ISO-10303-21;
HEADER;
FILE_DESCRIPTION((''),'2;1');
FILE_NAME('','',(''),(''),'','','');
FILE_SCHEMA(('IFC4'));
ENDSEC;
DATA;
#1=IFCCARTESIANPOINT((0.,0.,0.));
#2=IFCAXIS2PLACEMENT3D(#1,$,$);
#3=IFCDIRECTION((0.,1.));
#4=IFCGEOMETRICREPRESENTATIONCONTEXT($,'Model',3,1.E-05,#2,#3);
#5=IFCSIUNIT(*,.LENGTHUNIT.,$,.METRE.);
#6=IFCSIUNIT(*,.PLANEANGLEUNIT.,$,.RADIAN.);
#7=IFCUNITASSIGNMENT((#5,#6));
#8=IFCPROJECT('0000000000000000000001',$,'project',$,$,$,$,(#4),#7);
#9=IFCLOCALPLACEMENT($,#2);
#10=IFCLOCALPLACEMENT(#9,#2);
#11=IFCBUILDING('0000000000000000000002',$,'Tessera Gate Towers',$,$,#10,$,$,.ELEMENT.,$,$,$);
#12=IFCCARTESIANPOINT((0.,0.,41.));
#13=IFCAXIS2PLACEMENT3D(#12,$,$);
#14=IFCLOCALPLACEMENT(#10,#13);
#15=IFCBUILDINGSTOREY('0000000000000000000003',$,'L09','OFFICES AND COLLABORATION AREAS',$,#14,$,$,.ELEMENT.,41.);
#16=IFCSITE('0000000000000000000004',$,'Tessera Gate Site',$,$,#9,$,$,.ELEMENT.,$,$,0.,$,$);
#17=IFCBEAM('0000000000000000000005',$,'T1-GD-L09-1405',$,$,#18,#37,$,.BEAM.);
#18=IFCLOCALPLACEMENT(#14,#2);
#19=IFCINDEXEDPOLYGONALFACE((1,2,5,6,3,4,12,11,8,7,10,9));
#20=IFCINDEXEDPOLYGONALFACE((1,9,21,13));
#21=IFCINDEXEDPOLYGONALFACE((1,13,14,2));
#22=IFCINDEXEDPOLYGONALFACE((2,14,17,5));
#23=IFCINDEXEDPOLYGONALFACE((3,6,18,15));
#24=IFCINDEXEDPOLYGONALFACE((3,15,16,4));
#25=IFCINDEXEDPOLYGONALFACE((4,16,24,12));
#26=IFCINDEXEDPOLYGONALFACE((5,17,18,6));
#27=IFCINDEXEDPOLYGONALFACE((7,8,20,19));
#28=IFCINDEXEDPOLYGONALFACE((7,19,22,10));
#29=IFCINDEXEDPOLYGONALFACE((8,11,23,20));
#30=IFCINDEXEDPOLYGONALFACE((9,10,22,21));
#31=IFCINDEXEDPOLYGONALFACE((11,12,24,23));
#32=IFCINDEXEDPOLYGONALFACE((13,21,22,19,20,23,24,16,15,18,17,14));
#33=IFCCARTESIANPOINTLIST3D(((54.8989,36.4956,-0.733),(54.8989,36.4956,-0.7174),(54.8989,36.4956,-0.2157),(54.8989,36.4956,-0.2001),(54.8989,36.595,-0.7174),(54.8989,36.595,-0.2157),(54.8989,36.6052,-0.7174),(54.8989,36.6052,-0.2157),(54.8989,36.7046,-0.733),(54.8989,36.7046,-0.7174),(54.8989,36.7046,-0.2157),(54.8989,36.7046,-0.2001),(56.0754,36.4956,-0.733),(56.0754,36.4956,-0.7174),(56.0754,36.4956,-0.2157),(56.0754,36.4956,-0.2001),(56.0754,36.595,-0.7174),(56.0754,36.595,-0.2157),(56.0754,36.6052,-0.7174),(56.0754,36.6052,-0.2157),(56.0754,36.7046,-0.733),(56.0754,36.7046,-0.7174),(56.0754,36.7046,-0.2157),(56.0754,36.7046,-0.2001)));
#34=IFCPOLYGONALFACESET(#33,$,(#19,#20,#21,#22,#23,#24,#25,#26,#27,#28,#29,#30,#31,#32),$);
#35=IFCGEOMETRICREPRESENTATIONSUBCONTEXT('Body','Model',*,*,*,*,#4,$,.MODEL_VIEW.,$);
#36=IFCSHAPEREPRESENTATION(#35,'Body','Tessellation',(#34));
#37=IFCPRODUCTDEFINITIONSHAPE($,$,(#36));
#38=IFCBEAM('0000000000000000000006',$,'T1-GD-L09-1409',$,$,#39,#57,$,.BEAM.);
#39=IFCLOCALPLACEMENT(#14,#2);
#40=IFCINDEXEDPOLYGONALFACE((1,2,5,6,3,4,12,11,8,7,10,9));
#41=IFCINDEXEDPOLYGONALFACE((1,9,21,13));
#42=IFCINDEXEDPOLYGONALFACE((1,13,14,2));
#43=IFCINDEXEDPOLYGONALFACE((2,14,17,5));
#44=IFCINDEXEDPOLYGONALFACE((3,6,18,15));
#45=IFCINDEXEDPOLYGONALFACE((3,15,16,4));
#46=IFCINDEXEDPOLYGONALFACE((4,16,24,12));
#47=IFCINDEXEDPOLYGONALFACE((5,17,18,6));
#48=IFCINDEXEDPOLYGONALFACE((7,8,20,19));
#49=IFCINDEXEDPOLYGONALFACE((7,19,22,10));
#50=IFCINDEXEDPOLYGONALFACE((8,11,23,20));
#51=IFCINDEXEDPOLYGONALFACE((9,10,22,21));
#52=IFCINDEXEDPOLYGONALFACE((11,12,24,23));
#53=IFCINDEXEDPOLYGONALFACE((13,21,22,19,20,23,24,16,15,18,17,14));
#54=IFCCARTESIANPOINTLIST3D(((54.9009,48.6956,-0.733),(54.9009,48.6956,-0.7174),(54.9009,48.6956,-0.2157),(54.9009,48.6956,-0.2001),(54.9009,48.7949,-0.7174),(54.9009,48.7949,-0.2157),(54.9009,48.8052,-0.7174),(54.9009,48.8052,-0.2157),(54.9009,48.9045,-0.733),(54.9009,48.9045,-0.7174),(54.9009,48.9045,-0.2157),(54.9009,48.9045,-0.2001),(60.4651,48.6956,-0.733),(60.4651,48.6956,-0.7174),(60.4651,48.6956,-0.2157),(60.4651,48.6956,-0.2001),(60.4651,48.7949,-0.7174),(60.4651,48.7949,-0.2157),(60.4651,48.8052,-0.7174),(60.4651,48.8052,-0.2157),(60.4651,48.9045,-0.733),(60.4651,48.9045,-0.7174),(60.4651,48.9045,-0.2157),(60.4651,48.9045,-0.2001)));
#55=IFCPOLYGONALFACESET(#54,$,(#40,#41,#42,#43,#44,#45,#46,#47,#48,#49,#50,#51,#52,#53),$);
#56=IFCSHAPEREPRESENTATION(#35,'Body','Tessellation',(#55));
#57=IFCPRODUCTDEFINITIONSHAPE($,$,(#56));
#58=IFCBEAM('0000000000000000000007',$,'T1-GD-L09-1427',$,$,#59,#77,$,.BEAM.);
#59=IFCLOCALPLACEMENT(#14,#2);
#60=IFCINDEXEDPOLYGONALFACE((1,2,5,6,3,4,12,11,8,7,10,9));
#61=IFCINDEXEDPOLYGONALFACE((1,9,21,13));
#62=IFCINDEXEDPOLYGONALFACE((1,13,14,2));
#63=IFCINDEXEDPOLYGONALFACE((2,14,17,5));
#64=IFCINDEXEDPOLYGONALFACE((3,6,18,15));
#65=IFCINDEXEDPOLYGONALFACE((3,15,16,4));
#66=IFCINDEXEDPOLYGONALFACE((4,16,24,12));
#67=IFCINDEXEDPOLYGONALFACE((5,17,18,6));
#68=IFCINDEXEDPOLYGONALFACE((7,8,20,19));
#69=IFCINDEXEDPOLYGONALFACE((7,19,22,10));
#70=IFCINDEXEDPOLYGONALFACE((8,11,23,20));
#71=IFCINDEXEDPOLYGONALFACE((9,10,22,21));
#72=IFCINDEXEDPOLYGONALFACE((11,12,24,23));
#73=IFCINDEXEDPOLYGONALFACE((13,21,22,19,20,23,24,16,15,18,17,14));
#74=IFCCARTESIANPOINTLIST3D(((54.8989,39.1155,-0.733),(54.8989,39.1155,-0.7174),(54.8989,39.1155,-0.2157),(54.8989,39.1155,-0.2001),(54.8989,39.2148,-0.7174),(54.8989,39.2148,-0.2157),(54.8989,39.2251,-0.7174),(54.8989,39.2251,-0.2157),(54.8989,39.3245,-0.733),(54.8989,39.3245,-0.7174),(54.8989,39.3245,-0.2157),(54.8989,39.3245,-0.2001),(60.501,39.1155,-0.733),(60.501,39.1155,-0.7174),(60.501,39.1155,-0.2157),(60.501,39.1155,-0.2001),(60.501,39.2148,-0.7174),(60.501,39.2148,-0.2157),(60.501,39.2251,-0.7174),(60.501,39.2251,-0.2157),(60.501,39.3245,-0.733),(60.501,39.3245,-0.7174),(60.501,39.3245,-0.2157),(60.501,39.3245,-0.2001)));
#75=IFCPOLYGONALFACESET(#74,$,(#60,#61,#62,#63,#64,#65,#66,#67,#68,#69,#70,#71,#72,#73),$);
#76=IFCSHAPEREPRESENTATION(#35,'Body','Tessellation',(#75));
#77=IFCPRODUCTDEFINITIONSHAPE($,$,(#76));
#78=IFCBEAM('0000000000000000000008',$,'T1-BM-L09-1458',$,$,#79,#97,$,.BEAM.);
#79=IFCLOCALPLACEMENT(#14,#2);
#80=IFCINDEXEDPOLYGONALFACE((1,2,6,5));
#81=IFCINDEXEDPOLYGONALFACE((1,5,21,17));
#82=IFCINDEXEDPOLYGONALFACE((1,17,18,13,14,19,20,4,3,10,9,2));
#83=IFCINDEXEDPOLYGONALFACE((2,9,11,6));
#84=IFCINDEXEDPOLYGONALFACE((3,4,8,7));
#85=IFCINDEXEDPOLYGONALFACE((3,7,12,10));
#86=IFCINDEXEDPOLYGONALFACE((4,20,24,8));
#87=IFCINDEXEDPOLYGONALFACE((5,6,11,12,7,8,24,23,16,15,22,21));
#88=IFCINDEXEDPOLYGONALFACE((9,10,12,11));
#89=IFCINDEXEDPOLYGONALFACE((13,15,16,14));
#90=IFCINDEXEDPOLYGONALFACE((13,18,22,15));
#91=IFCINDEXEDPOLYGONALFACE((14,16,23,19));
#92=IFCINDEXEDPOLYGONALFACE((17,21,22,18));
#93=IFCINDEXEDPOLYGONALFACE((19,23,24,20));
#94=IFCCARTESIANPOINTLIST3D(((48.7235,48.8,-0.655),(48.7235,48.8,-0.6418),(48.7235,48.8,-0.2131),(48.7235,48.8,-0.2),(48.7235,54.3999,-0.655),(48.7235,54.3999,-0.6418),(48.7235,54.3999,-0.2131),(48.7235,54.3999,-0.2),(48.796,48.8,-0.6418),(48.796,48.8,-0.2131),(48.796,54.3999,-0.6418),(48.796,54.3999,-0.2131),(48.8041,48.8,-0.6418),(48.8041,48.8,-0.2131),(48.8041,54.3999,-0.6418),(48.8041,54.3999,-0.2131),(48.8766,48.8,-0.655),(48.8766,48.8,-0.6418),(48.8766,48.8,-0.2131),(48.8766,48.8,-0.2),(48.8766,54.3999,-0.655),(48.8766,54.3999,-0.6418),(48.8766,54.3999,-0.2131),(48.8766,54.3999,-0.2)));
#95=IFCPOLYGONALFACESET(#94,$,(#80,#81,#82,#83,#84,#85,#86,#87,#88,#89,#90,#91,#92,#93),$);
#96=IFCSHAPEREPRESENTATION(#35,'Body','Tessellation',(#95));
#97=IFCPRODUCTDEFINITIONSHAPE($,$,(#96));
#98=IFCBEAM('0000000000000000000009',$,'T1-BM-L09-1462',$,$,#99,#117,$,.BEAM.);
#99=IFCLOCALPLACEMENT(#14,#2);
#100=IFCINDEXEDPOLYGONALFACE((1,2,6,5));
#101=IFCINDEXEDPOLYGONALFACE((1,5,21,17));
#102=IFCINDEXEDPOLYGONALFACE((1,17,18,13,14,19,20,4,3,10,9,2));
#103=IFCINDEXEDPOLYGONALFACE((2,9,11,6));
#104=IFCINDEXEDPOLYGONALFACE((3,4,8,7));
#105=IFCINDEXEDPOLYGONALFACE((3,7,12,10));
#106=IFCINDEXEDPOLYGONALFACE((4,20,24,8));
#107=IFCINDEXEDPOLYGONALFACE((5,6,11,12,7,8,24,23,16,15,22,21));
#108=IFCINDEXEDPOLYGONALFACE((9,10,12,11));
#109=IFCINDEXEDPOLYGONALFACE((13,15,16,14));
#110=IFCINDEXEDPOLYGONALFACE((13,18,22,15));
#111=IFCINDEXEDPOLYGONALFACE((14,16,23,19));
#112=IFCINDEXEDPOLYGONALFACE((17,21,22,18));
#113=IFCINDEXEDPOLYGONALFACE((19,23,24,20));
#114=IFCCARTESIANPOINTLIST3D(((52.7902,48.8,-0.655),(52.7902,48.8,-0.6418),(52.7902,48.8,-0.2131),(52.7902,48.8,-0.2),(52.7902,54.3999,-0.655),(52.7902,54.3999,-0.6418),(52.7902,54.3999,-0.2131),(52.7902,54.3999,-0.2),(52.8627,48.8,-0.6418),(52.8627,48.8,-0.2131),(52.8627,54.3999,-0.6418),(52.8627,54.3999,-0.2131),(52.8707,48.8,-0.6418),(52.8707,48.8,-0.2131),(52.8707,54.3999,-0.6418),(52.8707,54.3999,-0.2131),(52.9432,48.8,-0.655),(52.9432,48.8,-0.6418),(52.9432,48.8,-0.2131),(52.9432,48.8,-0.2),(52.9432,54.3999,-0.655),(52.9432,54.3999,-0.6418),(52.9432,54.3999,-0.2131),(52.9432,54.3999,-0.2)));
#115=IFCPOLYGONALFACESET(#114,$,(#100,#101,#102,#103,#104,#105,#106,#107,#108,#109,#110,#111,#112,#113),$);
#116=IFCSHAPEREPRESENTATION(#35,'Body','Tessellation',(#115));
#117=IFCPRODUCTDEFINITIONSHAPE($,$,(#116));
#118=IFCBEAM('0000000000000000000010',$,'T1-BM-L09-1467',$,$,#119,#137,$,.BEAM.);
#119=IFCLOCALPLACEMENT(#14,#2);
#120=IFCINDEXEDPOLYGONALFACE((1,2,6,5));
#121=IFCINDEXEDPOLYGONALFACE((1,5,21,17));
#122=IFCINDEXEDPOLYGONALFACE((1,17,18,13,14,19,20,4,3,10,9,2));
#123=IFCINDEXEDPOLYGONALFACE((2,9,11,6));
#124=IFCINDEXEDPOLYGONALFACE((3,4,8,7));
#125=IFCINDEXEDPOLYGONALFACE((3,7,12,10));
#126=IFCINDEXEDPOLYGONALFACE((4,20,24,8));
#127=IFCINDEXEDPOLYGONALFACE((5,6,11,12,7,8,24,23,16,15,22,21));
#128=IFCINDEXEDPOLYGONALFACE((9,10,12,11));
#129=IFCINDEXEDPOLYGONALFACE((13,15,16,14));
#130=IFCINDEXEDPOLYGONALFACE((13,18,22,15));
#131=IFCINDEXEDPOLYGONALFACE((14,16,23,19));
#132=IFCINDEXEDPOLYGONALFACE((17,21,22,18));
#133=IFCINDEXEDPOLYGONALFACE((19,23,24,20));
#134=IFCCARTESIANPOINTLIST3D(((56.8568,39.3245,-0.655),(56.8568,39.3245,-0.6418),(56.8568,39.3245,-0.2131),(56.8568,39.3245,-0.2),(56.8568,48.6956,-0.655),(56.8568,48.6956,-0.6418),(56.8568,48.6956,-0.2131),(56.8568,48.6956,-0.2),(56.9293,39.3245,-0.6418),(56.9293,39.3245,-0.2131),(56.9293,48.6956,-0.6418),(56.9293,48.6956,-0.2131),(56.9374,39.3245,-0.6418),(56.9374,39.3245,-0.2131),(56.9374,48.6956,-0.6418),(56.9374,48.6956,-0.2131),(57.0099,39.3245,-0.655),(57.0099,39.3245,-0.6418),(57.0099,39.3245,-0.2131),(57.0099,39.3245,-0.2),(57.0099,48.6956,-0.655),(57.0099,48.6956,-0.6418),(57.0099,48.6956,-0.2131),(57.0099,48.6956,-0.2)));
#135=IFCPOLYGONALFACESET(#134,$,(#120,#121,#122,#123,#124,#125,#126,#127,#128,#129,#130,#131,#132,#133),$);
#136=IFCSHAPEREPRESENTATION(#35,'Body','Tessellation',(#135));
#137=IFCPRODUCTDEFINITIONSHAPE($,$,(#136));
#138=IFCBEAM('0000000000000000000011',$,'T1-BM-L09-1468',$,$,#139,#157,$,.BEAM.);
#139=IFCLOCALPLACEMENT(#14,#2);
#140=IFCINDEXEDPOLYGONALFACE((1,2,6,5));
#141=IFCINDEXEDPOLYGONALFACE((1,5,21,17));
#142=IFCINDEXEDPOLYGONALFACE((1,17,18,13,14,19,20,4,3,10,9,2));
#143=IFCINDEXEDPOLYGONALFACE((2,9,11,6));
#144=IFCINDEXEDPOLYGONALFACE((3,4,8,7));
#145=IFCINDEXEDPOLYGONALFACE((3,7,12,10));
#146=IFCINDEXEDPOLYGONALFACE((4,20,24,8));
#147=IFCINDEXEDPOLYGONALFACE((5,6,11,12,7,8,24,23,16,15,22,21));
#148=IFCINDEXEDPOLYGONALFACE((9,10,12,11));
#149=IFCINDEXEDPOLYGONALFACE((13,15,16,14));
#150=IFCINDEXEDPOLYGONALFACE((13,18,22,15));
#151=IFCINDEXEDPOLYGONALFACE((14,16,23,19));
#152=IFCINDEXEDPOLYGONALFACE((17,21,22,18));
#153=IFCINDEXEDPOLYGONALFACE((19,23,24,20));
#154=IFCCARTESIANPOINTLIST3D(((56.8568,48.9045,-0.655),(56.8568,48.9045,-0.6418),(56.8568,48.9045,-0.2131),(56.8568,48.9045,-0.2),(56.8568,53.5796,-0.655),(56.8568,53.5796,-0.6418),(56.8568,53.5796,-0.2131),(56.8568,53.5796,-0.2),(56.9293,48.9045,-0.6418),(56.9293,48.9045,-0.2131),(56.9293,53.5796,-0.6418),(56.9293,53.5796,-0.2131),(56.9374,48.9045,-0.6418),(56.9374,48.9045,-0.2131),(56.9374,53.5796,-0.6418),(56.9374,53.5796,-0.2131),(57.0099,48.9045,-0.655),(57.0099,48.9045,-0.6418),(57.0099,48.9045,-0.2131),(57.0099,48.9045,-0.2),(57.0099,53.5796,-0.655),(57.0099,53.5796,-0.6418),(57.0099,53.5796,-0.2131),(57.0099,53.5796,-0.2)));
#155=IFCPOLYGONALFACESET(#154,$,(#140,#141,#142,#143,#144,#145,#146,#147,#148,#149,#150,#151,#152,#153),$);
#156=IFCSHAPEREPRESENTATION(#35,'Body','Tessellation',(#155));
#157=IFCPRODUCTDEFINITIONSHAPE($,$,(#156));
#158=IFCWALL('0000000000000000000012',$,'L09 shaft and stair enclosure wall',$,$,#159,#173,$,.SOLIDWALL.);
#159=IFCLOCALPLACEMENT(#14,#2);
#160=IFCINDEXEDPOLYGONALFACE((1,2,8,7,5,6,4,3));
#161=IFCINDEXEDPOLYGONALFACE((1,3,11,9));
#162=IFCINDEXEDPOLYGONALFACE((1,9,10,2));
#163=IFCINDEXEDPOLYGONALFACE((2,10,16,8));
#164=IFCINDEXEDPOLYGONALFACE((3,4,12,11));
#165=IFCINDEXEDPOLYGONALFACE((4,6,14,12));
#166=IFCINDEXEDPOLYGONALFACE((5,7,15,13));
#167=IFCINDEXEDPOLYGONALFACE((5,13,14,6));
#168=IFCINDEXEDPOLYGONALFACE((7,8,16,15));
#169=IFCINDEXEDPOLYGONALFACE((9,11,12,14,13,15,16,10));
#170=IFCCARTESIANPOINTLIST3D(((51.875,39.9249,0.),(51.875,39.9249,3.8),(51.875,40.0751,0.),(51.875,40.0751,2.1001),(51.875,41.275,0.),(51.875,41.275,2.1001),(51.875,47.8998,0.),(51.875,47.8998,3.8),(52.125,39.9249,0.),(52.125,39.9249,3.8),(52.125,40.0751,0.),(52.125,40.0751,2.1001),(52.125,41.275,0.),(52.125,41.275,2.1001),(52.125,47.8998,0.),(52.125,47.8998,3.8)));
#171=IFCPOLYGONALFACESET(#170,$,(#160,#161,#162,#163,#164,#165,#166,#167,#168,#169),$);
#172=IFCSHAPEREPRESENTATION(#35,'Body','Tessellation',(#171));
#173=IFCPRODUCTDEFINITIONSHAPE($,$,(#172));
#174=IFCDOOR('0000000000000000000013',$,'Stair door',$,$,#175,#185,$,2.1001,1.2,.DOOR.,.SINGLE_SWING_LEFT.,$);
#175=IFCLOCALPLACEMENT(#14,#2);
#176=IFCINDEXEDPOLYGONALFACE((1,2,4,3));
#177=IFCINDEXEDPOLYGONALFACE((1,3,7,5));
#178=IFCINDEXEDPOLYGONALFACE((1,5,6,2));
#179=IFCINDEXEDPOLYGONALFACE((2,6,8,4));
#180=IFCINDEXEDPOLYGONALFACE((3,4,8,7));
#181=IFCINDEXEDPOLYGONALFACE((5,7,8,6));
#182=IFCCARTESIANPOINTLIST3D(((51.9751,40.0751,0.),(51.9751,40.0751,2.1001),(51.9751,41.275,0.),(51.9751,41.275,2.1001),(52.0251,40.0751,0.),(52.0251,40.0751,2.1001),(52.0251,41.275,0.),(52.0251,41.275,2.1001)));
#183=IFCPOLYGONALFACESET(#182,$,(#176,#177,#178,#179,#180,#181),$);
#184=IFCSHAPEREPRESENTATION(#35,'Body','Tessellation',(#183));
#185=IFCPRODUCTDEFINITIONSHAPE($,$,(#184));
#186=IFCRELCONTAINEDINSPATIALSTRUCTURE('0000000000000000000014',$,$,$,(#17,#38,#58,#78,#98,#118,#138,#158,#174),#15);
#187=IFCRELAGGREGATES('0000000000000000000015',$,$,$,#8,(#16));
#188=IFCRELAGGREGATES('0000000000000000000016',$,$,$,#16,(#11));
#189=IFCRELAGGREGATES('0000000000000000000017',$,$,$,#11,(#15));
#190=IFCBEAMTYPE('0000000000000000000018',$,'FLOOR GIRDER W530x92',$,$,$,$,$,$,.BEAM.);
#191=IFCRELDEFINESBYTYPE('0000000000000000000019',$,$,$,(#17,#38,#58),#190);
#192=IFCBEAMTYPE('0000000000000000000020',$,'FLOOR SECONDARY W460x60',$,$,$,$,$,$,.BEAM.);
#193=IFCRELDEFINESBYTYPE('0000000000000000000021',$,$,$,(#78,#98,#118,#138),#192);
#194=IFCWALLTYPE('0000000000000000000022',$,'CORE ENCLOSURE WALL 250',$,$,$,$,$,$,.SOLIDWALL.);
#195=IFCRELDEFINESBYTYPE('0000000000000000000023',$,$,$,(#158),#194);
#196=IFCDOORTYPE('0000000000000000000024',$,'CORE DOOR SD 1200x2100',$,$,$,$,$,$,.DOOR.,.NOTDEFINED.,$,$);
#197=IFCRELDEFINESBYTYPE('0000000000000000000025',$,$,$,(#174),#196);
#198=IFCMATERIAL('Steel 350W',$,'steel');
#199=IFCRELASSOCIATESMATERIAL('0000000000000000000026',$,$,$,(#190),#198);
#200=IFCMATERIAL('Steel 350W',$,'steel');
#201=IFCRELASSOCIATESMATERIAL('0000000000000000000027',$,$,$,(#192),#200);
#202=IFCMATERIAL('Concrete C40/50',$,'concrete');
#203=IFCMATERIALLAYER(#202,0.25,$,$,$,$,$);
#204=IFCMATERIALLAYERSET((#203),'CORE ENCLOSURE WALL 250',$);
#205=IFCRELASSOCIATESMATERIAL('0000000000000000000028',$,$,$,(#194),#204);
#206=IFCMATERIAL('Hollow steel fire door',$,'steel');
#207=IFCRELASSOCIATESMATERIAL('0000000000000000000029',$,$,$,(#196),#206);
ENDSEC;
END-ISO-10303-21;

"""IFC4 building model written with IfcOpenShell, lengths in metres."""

from ifc_helpers import new_model, si_unit, direction, frame, frame_2d, origin, origin_2d, place, context, subcontext, project, spatial, rectangle, i_section, extrude, source, transform, mapped, material, layer, layer_set, material_profile, profile_set, type_object, element, fill, save


model = new_model("IFC4")

# Units and contexts
model_context = context("Model", 3, precision=1e-05, world=origin(), true_north=direction((0.0, 1.0)))
body_context = subcontext(model_context, "Body", "Model", "MODEL_VIEW")
ifc_project = project(units=[si_unit("LENGTHUNIT", "METRE"), si_unit("PLANEANGLEUNIT", "RADIAN")], contexts=[model_context])

# Site, building, storey
site_placement = place(None, origin())
site = spatial("IfcSite", under=ifc_project, at=site_placement, Name="Tessera Gate Site", CompositionType="ELEMENT", RefElevation=0.0)
building_placement = place(site_placement, origin())
building = spatial("IfcBuilding", under=site, at=building_placement, Name="Tessera Gate Towers", CompositionType="ELEMENT")
storey_placement = place(building_placement, frame((0.0, 0.0, 41.0)))
storey = spatial("IfcBuildingStorey", under=building, at=storey_placement, Name="L09", Description="OFFICES AND COLLABORATION AREAS", CompositionType="ELEMENT", Elevation=41.0)

# Beams
ifc_material_1 = material(Name="Steel 350W", Category="steel")
ifc_material_profile_1 = material_profile(ifc_material_1, i_section(OverallWidth=0.209, OverallDepth=0.533, WebThickness=0.0103, FlangeThickness=0.0156, at=origin_2d()), Name="W530x92")
ifc_profile_set_1 = profile_set([ifc_material_profile_1], Name="Steel 350W")
beam_type_1 = type_object("IfcBeamType", Name="FLOOR GIRDER W530x92", PredefinedType="BEAM", material=ifc_profile_set_1)
beam_1_placement = place(storey_placement, frame((54.8989, 36.6001, -0.4666), z_axis=(1.0, 0.0, 0.0), x_axis=(0.0, 1.0, 0.0)))
element("IfcBeam", 1, at=beam_1_placement, inside=storey, type_object=beam_type_1, Name="T1-GD-L09-1405", PredefinedType="BEAM", context=body_context, shape_type="SweptSolid", body=[
    extrude(i_section(OverallWidth=0.209, OverallDepth=0.533, WebThickness=0.0103, FlangeThickness=0.0156, at=origin_2d()), origin(), (0.0, 0.0, 1.0), 1.1765),
])
beam_2_placement = place(storey_placement, frame((54.9009, 48.8, -0.4666), z_axis=(1.0, 0.0, 0.0), x_axis=(0.0, 1.0, 0.0)))
element("IfcBeam", 2, at=beam_2_placement, inside=storey, type_object=beam_type_1, Name="T1-GD-L09-1409", PredefinedType="BEAM", context=body_context, shape_type="SweptSolid", body=[
    extrude(i_section(OverallWidth=0.209, OverallDepth=0.533, WebThickness=0.0103, FlangeThickness=0.0156, at=origin_2d()), origin(), (0.0, 0.0, 1.0), 5.5642),
])
beam_3_placement = place(storey_placement, frame((54.8989, 39.22, -0.4666), z_axis=(1.0, 0.0, 0.0), x_axis=(0.0, 1.0, 0.0)))
element("IfcBeam", 3, at=beam_3_placement, inside=storey, type_object=beam_type_1, Name="T1-GD-L09-1427", PredefinedType="BEAM", context=body_context, shape_type="SweptSolid", body=[
    extrude(i_section(OverallWidth=0.209, OverallDepth=0.533, WebThickness=0.0103, FlangeThickness=0.0156, at=origin_2d()), origin(), (0.0, 0.0, 1.0), 5.6021),
])
ifc_material_2 = material(Name="Steel 350W", Category="steel")
ifc_material_profile_2 = material_profile(ifc_material_2, i_section(OverallWidth=0.1531, OverallDepth=0.4551, WebThickness=0.0081, FlangeThickness=0.0132, at=origin_2d()), Name="W460x60")
ifc_profile_set_2 = profile_set([ifc_material_profile_2], Name="Steel 350W")
beam_type_2 = type_object("IfcBeamType", Name="FLOOR SECONDARY W460x60", PredefinedType="BEAM", material=ifc_profile_set_2)
for number, where, z_axis, x_axis, name in (
    (4, (48.8, 48.8, -0.4275), (0.0, 1.0, 0.0), (-1.0, 0.0, 0.0), "T1-BM-L09-1458"),
    (5, (52.8667, 48.8, -0.4275), (0.0, 1.0, 0.0), (-1.0, 0.0, 0.0), "T1-BM-L09-1462"),
):
    element("IfcBeam", number, at=place(storey_placement, frame(where, z_axis=z_axis, x_axis=x_axis)), inside=storey, type_object=beam_type_2, Name=name, PredefinedType="BEAM", context=body_context, shape_type="SweptSolid", body=[
        extrude(i_section(OverallWidth=0.1531, OverallDepth=0.4551, WebThickness=0.0081, FlangeThickness=0.0132, at=origin_2d()), origin(), (0.0, 0.0, 1.0), 5.5999),
    ])
beam_4_placement = place(storey_placement, frame((56.9333, 39.3245, -0.4275), z_axis=(0.0, 1.0, 0.0), x_axis=(-1.0, 0.0, 0.0)))
element("IfcBeam", 6, at=beam_4_placement, inside=storey, type_object=beam_type_2, Name="T1-BM-L09-1467", PredefinedType="BEAM", context=body_context, shape_type="SweptSolid", body=[
    extrude(i_section(OverallWidth=0.1531, OverallDepth=0.4551, WebThickness=0.0081, FlangeThickness=0.0132, at=origin_2d()), origin(), (0.0, 0.0, 1.0), 9.3711),
])
beam_5_placement = place(storey_placement, frame((56.9333, 48.9045, -0.4275), z_axis=(0.0, 1.0, 0.0), x_axis=(-1.0, 0.0, 0.0)))
element("IfcBeam", 7, at=beam_5_placement, inside=storey, type_object=beam_type_2, Name="T1-BM-L09-1468", PredefinedType="BEAM", context=body_context, shape_type="SweptSolid", body=[
    extrude(i_section(OverallWidth=0.1531, OverallDepth=0.4551, WebThickness=0.0081, FlangeThickness=0.0132, at=origin_2d()), origin(), (0.0, 0.0, 1.0), 4.675),
])

# Wall, opening, door
ifc_material_3 = material(Name="Concrete C40/50", Category="concrete")
ifc_layer_1 = layer(ifc_material_3, 0.25)
ifc_layer_set_1 = layer_set([ifc_layer_1], Name="CORE ENCLOSURE WALL 250")
wall_type_1 = type_object("IfcWallType", Name="CORE ENCLOSURE WALL 250", PredefinedType="SOLIDWALL", material=ifc_layer_set_1)
wall_1_placement = place(storey_placement, frame((52.0, 39.925, 0.0), z_axis=(0.0, 0.0, 1.0), x_axis=(0.0, 1.0, 0.0)))
wall_1 = element("IfcWall", 8, at=wall_1_placement, inside=storey, type_object=wall_type_1, Name="L09 shaft and stair enclosure wall", PredefinedType="SOLIDWALL", context=body_context, shape_type="SweptSolid", body=[
    extrude(rectangle(XDim=7.9749, YDim=0.25, at=frame_2d((3.9873, 0.0))), origin(), (0.0, 0.0, 1.0), 3.8),
])
shared_shape_1 = source(origin(), body_context, "Body", "SweptSolid", [
    extrude(rectangle(XDim=1.2, YDim=2.1001, at=frame_2d((0.6001, 1.05))), frame((0.0, 0.135, 0.0), z_axis=(0.0, -1.0, 0.0), x_axis=(1.0, 0.0, 0.0)), (0.0, 0.0, 1.0), 0.27),
])
opening_1_placement = place(wall_1_placement, frame((0.1499, 0.0, 0.0)))
opening_1 = element("IfcOpeningElement", 9, at=opening_1_placement, cuts=wall_1, PredefinedType="OPENING", context=body_context, shape_type="MappedRepresentation", body=[
    mapped(shared_shape_1, transform((0.0, 0.0, 0.0), scale=1.0)),
])
ifc_material_4 = material(Name="Hollow steel fire door", Category="steel")
door_type_1 = type_object("IfcDoorType", Name="CORE DOOR SD 1200x2100", OperationType="NOTDEFINED", PredefinedType="DOOR", material=ifc_material_4)
shared_shape_2 = source(origin(), body_context, "Body", "SweptSolid", [
    extrude(rectangle(XDim=1.2, YDim=2.1001, at=frame_2d((0.6001, 1.05))), frame((0.0, 0.0249, 0.0), z_axis=(0.0, -1.0, 0.0), x_axis=(1.0, 0.0, 0.0)), (0.0, 0.0, 1.0), 0.05),
])
door_1_placement = place(opening_1_placement, origin())
door_1 = element("IfcDoor", 10, at=door_1_placement, inside=storey, type_object=door_type_1, Name="Stair door", OperationType="SINGLE_SWING_LEFT", OverallHeight=2.1001, OverallWidth=1.2, PredefinedType="DOOR", context=body_context, shape_type="MappedRepresentation", body=[
    mapped(shared_shape_2, transform((0.0, 0.0, 0.0), scale=1.0)),
])
fill(opening_1, door_1)

save(model, "model.ifc")
